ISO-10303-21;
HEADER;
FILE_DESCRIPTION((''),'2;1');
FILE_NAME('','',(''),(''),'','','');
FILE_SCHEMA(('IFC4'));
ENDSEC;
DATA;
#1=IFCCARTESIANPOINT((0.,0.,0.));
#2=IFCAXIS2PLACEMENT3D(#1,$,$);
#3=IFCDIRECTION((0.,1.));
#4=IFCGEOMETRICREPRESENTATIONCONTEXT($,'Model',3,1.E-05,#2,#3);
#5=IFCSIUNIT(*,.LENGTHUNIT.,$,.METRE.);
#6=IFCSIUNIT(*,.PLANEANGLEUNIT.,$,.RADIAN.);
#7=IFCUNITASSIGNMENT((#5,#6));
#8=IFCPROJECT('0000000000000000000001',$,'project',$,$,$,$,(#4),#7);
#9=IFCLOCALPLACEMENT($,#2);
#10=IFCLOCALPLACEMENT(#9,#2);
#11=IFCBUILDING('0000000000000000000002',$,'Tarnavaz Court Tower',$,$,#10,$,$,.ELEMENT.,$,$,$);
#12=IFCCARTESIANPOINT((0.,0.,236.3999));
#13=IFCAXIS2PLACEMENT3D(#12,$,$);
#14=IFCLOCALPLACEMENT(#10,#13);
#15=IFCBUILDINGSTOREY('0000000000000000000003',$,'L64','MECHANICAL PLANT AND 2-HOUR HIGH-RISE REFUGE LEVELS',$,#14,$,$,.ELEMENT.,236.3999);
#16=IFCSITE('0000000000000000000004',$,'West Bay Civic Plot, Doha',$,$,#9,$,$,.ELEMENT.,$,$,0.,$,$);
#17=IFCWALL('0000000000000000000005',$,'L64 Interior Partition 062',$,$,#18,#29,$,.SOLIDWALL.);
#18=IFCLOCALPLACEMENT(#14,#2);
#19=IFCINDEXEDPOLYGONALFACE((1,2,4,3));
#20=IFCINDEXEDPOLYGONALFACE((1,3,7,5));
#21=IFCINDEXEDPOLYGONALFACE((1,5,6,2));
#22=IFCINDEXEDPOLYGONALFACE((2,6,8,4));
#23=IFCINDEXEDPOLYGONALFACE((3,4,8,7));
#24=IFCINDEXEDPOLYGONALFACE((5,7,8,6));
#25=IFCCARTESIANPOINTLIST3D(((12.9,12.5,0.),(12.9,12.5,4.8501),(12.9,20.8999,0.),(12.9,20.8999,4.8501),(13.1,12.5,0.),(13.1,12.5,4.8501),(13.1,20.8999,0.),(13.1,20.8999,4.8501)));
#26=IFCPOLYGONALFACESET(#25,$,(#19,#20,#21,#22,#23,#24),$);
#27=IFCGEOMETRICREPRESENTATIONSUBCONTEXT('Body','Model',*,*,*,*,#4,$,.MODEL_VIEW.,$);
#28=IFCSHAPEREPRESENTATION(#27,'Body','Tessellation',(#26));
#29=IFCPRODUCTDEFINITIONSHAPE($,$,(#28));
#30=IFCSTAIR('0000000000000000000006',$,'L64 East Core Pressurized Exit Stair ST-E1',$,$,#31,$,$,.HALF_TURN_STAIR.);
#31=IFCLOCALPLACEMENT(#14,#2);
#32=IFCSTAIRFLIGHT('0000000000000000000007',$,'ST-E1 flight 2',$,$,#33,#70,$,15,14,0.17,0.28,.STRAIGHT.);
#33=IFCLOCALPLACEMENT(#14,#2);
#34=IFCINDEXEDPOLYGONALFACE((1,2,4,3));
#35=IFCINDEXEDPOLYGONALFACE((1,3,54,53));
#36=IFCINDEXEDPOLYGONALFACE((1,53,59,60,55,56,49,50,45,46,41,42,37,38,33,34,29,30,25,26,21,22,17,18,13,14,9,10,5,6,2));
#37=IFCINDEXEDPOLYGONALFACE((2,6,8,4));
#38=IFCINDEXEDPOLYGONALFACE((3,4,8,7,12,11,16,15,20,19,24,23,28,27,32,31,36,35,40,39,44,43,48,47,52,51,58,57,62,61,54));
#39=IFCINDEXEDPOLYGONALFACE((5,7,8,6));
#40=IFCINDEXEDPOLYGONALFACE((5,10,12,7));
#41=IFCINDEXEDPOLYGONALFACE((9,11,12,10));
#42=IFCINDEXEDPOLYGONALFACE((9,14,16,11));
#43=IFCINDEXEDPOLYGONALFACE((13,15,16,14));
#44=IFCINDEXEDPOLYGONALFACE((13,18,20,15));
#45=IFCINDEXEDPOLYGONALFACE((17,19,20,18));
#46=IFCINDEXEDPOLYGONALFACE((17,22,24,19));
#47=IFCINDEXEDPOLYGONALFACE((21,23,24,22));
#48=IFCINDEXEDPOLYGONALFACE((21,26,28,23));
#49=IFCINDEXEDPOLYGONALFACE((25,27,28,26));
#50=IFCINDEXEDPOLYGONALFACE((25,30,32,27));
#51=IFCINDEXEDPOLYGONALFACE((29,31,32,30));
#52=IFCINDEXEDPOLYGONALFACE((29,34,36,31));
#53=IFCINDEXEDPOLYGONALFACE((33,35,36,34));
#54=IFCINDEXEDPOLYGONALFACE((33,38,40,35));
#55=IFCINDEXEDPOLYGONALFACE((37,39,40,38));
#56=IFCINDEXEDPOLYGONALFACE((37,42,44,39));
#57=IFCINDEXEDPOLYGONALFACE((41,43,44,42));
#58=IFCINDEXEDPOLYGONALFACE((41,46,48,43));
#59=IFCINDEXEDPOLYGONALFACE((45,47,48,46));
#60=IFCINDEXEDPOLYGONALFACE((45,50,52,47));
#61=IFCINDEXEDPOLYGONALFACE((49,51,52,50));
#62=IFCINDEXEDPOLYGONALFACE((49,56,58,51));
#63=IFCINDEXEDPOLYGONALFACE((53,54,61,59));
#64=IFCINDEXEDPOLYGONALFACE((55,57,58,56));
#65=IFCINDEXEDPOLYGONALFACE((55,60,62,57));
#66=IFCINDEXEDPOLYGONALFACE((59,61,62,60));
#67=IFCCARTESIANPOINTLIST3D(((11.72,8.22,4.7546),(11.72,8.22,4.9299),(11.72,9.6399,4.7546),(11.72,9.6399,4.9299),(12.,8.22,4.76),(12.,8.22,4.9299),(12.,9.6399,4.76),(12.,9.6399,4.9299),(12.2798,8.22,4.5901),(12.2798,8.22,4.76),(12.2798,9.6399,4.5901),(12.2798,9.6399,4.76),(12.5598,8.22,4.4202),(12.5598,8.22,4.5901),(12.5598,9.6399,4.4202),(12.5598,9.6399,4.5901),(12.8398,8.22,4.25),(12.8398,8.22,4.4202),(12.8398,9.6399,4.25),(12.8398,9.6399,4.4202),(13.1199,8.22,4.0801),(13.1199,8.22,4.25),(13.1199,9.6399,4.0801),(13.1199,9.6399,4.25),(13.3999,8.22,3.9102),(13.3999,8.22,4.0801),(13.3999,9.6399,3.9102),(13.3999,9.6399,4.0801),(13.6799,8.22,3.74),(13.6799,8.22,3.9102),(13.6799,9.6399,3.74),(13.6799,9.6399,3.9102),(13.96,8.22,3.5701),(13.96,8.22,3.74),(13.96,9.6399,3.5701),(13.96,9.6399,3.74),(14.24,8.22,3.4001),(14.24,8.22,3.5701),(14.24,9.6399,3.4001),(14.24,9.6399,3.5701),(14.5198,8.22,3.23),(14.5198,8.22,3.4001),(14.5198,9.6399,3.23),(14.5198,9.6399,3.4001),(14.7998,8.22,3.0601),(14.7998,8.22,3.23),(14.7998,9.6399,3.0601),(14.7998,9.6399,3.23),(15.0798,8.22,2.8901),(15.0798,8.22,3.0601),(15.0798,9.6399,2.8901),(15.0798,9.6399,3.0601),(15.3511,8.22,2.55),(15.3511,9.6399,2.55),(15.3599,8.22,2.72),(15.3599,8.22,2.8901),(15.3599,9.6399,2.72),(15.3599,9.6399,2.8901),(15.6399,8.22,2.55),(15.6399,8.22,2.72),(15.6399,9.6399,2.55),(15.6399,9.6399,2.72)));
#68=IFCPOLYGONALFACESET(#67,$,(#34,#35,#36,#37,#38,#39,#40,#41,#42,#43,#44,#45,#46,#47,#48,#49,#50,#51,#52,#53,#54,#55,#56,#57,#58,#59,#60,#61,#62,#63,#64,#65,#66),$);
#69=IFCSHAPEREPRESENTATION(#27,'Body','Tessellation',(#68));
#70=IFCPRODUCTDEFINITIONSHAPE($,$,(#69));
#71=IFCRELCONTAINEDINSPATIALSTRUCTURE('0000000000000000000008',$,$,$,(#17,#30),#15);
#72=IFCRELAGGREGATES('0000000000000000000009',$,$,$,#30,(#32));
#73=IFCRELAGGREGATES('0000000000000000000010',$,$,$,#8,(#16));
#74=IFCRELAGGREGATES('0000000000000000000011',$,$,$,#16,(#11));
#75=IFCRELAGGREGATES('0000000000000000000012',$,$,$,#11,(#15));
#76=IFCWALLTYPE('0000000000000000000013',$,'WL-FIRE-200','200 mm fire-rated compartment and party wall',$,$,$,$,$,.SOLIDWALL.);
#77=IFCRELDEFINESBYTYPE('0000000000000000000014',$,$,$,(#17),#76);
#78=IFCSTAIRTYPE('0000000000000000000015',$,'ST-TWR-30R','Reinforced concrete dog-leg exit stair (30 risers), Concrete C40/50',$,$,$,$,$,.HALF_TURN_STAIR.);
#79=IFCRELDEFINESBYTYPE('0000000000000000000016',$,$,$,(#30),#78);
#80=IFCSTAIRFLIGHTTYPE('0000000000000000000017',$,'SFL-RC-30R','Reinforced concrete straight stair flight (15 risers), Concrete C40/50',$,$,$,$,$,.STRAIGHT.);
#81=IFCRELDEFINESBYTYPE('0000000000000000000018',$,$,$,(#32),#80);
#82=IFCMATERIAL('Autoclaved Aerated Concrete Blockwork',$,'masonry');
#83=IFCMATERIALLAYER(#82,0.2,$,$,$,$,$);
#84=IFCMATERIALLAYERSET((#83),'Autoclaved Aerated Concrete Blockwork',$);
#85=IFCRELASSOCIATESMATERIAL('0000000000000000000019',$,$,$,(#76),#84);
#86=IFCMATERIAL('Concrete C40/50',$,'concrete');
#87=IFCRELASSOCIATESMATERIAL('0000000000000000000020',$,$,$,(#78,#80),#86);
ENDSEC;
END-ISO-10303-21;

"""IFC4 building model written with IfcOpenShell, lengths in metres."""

from ifc_helpers import new_model, si_unit, direction, frame, frame_2d, origin, place, context, subcontext, project, spatial, polyline, rectangle, outline, extrude, material, layer, layer_set, type_object, element, aggregate, save


model = new_model("IFC4")

# Units and contexts
model_context = context("Model", 3, precision=1e-05, world=origin(), true_north=direction((0.0, 1.0)))
body_context = subcontext(model_context, "Body", "Model", "MODEL_VIEW")
ifc_project = project(units=[si_unit("LENGTHUNIT", "METRE"), si_unit("PLANEANGLEUNIT", "RADIAN")], contexts=[model_context])

# Site, building, storey
site_placement = place(None, origin())
site = spatial("IfcSite", under=ifc_project, at=site_placement, Name="West Bay Civic Plot, Doha", CompositionType="ELEMENT", RefElevation=0.0)
building_placement = place(site_placement, origin())
building = spatial("IfcBuilding", under=site, at=building_placement, Name="Tarnavaz Court Tower", CompositionType="ELEMENT")
storey_placement = place(building_placement, frame((0.0, 0.0, 236.3999)))
storey = spatial("IfcBuildingStorey", under=building, at=storey_placement, Name="L64", Description="MECHANICAL PLANT AND 2-HOUR HIGH-RISE REFUGE LEVELS", CompositionType="ELEMENT", Elevation=236.3999)

# Wall
ifc_material_1 = material(Name="Autoclaved Aerated Concrete Blockwork", Category="masonry")
ifc_layer_1 = layer(ifc_material_1, 0.2)
ifc_layer_set_1 = layer_set([ifc_layer_1], Name="Autoclaved Aerated Concrete Blockwork")
wall_type_1 = type_object("IfcWallType", Name="WL-FIRE-200", Description="200 mm fire-rated compartment and party wall", PredefinedType="SOLIDWALL", material=ifc_layer_set_1)
wall_1_placement = place(storey_placement, frame((13.0, 12.5, 0.0), z_axis=(0.0, 0.0, 1.0), x_axis=(0.0, 1.0, 0.0)))
element("IfcWall", 1, at=wall_1_placement, inside=storey, type_object=wall_type_1, Name="L64 Interior Partition 062", PredefinedType="SOLIDWALL", context=body_context, shape_type="SweptSolid", body=[
    extrude(rectangle(XDim=8.3999, YDim=0.2, at=frame_2d((4.2, 0.0))), origin(), (0.0, 0.0, 1.0), 4.8501),
])

# Stair, stair flight
ifc_material_2 = material(Name="Concrete C40/50", Category="concrete")
stair_type = type_object("IfcStairType", Name="ST-TWR-30R", Description="Reinforced concrete dog-leg exit stair (30 risers), Concrete C40/50", PredefinedType="HALF_TURN_STAIR", material=ifc_material_2)
stair_placement = place(storey_placement, origin())
stair = element("IfcStair", 2, at=stair_placement, inside=storey, type_object=stair_type, Name="L64 East Core Pressurized Exit Stair ST-E1", PredefinedType="HALF_TURN_STAIR")
stair_flight_type = type_object("IfcStairFlightType", Name="SFL-RC-30R", Description="Reinforced concrete straight stair flight (15 risers), Concrete C40/50", PredefinedType="STRAIGHT", material=ifc_material_2)
stair_flight_placement = place(storey_placement, frame((15.6399, 8.9299, 2.55), z_axis=(0.0, 0.0, 1.0), x_axis=(-1.0, 0.0, 0.0)))
stair_flight = element("IfcStairFlight", 3, at=stair_flight_placement, type_object=stair_flight_type, Name="ST-E1 flight 2", NumberOfRisers=15, NumberOfTreads=14, PredefinedType="STRAIGHT", RiserHeight=0.17, TreadLength=0.28, context=body_context, shape_type="SweptSolid", body=[
    extrude(outline(polyline([(0.0, 0.0), (0.0, 0.1699), (0.28, 0.1699), (0.28, 0.3401), (0.5601, 0.3401), (0.5601, 0.51), (0.8401, 0.51), (0.8401, 0.6799), (1.1201, 0.6799), (1.1201, 0.8501), (1.3999, 0.8501), (1.3999, 1.02), (1.6799, 1.02), (1.6799, 1.1899), (1.96, 1.1899), (1.96, 1.3601), (2.24, 1.3601), (2.24, 1.53), (2.52, 1.53), (2.52, 1.7), (2.8, 1.7), (2.8, 1.8701), (3.0801, 1.8701), (3.0801, 2.04), (3.3601, 2.04), (3.3601, 2.21), (3.6399, 2.21), (3.6399, 2.3799), (3.9199, 2.3799), (3.9199, 2.55), (3.9199, 2.2046), (0.2888, 0.0), (0.0, 0.0)])), frame((0.0, 0.71, 0.0), z_axis=(0.0, -1.0, 0.0), x_axis=(1.0, 0.0, 0.0)), (0.0, 0.0, 1.0), 1.4199),
])
aggregate(stair, [stair_flight])

save(model, "model.ifc")
